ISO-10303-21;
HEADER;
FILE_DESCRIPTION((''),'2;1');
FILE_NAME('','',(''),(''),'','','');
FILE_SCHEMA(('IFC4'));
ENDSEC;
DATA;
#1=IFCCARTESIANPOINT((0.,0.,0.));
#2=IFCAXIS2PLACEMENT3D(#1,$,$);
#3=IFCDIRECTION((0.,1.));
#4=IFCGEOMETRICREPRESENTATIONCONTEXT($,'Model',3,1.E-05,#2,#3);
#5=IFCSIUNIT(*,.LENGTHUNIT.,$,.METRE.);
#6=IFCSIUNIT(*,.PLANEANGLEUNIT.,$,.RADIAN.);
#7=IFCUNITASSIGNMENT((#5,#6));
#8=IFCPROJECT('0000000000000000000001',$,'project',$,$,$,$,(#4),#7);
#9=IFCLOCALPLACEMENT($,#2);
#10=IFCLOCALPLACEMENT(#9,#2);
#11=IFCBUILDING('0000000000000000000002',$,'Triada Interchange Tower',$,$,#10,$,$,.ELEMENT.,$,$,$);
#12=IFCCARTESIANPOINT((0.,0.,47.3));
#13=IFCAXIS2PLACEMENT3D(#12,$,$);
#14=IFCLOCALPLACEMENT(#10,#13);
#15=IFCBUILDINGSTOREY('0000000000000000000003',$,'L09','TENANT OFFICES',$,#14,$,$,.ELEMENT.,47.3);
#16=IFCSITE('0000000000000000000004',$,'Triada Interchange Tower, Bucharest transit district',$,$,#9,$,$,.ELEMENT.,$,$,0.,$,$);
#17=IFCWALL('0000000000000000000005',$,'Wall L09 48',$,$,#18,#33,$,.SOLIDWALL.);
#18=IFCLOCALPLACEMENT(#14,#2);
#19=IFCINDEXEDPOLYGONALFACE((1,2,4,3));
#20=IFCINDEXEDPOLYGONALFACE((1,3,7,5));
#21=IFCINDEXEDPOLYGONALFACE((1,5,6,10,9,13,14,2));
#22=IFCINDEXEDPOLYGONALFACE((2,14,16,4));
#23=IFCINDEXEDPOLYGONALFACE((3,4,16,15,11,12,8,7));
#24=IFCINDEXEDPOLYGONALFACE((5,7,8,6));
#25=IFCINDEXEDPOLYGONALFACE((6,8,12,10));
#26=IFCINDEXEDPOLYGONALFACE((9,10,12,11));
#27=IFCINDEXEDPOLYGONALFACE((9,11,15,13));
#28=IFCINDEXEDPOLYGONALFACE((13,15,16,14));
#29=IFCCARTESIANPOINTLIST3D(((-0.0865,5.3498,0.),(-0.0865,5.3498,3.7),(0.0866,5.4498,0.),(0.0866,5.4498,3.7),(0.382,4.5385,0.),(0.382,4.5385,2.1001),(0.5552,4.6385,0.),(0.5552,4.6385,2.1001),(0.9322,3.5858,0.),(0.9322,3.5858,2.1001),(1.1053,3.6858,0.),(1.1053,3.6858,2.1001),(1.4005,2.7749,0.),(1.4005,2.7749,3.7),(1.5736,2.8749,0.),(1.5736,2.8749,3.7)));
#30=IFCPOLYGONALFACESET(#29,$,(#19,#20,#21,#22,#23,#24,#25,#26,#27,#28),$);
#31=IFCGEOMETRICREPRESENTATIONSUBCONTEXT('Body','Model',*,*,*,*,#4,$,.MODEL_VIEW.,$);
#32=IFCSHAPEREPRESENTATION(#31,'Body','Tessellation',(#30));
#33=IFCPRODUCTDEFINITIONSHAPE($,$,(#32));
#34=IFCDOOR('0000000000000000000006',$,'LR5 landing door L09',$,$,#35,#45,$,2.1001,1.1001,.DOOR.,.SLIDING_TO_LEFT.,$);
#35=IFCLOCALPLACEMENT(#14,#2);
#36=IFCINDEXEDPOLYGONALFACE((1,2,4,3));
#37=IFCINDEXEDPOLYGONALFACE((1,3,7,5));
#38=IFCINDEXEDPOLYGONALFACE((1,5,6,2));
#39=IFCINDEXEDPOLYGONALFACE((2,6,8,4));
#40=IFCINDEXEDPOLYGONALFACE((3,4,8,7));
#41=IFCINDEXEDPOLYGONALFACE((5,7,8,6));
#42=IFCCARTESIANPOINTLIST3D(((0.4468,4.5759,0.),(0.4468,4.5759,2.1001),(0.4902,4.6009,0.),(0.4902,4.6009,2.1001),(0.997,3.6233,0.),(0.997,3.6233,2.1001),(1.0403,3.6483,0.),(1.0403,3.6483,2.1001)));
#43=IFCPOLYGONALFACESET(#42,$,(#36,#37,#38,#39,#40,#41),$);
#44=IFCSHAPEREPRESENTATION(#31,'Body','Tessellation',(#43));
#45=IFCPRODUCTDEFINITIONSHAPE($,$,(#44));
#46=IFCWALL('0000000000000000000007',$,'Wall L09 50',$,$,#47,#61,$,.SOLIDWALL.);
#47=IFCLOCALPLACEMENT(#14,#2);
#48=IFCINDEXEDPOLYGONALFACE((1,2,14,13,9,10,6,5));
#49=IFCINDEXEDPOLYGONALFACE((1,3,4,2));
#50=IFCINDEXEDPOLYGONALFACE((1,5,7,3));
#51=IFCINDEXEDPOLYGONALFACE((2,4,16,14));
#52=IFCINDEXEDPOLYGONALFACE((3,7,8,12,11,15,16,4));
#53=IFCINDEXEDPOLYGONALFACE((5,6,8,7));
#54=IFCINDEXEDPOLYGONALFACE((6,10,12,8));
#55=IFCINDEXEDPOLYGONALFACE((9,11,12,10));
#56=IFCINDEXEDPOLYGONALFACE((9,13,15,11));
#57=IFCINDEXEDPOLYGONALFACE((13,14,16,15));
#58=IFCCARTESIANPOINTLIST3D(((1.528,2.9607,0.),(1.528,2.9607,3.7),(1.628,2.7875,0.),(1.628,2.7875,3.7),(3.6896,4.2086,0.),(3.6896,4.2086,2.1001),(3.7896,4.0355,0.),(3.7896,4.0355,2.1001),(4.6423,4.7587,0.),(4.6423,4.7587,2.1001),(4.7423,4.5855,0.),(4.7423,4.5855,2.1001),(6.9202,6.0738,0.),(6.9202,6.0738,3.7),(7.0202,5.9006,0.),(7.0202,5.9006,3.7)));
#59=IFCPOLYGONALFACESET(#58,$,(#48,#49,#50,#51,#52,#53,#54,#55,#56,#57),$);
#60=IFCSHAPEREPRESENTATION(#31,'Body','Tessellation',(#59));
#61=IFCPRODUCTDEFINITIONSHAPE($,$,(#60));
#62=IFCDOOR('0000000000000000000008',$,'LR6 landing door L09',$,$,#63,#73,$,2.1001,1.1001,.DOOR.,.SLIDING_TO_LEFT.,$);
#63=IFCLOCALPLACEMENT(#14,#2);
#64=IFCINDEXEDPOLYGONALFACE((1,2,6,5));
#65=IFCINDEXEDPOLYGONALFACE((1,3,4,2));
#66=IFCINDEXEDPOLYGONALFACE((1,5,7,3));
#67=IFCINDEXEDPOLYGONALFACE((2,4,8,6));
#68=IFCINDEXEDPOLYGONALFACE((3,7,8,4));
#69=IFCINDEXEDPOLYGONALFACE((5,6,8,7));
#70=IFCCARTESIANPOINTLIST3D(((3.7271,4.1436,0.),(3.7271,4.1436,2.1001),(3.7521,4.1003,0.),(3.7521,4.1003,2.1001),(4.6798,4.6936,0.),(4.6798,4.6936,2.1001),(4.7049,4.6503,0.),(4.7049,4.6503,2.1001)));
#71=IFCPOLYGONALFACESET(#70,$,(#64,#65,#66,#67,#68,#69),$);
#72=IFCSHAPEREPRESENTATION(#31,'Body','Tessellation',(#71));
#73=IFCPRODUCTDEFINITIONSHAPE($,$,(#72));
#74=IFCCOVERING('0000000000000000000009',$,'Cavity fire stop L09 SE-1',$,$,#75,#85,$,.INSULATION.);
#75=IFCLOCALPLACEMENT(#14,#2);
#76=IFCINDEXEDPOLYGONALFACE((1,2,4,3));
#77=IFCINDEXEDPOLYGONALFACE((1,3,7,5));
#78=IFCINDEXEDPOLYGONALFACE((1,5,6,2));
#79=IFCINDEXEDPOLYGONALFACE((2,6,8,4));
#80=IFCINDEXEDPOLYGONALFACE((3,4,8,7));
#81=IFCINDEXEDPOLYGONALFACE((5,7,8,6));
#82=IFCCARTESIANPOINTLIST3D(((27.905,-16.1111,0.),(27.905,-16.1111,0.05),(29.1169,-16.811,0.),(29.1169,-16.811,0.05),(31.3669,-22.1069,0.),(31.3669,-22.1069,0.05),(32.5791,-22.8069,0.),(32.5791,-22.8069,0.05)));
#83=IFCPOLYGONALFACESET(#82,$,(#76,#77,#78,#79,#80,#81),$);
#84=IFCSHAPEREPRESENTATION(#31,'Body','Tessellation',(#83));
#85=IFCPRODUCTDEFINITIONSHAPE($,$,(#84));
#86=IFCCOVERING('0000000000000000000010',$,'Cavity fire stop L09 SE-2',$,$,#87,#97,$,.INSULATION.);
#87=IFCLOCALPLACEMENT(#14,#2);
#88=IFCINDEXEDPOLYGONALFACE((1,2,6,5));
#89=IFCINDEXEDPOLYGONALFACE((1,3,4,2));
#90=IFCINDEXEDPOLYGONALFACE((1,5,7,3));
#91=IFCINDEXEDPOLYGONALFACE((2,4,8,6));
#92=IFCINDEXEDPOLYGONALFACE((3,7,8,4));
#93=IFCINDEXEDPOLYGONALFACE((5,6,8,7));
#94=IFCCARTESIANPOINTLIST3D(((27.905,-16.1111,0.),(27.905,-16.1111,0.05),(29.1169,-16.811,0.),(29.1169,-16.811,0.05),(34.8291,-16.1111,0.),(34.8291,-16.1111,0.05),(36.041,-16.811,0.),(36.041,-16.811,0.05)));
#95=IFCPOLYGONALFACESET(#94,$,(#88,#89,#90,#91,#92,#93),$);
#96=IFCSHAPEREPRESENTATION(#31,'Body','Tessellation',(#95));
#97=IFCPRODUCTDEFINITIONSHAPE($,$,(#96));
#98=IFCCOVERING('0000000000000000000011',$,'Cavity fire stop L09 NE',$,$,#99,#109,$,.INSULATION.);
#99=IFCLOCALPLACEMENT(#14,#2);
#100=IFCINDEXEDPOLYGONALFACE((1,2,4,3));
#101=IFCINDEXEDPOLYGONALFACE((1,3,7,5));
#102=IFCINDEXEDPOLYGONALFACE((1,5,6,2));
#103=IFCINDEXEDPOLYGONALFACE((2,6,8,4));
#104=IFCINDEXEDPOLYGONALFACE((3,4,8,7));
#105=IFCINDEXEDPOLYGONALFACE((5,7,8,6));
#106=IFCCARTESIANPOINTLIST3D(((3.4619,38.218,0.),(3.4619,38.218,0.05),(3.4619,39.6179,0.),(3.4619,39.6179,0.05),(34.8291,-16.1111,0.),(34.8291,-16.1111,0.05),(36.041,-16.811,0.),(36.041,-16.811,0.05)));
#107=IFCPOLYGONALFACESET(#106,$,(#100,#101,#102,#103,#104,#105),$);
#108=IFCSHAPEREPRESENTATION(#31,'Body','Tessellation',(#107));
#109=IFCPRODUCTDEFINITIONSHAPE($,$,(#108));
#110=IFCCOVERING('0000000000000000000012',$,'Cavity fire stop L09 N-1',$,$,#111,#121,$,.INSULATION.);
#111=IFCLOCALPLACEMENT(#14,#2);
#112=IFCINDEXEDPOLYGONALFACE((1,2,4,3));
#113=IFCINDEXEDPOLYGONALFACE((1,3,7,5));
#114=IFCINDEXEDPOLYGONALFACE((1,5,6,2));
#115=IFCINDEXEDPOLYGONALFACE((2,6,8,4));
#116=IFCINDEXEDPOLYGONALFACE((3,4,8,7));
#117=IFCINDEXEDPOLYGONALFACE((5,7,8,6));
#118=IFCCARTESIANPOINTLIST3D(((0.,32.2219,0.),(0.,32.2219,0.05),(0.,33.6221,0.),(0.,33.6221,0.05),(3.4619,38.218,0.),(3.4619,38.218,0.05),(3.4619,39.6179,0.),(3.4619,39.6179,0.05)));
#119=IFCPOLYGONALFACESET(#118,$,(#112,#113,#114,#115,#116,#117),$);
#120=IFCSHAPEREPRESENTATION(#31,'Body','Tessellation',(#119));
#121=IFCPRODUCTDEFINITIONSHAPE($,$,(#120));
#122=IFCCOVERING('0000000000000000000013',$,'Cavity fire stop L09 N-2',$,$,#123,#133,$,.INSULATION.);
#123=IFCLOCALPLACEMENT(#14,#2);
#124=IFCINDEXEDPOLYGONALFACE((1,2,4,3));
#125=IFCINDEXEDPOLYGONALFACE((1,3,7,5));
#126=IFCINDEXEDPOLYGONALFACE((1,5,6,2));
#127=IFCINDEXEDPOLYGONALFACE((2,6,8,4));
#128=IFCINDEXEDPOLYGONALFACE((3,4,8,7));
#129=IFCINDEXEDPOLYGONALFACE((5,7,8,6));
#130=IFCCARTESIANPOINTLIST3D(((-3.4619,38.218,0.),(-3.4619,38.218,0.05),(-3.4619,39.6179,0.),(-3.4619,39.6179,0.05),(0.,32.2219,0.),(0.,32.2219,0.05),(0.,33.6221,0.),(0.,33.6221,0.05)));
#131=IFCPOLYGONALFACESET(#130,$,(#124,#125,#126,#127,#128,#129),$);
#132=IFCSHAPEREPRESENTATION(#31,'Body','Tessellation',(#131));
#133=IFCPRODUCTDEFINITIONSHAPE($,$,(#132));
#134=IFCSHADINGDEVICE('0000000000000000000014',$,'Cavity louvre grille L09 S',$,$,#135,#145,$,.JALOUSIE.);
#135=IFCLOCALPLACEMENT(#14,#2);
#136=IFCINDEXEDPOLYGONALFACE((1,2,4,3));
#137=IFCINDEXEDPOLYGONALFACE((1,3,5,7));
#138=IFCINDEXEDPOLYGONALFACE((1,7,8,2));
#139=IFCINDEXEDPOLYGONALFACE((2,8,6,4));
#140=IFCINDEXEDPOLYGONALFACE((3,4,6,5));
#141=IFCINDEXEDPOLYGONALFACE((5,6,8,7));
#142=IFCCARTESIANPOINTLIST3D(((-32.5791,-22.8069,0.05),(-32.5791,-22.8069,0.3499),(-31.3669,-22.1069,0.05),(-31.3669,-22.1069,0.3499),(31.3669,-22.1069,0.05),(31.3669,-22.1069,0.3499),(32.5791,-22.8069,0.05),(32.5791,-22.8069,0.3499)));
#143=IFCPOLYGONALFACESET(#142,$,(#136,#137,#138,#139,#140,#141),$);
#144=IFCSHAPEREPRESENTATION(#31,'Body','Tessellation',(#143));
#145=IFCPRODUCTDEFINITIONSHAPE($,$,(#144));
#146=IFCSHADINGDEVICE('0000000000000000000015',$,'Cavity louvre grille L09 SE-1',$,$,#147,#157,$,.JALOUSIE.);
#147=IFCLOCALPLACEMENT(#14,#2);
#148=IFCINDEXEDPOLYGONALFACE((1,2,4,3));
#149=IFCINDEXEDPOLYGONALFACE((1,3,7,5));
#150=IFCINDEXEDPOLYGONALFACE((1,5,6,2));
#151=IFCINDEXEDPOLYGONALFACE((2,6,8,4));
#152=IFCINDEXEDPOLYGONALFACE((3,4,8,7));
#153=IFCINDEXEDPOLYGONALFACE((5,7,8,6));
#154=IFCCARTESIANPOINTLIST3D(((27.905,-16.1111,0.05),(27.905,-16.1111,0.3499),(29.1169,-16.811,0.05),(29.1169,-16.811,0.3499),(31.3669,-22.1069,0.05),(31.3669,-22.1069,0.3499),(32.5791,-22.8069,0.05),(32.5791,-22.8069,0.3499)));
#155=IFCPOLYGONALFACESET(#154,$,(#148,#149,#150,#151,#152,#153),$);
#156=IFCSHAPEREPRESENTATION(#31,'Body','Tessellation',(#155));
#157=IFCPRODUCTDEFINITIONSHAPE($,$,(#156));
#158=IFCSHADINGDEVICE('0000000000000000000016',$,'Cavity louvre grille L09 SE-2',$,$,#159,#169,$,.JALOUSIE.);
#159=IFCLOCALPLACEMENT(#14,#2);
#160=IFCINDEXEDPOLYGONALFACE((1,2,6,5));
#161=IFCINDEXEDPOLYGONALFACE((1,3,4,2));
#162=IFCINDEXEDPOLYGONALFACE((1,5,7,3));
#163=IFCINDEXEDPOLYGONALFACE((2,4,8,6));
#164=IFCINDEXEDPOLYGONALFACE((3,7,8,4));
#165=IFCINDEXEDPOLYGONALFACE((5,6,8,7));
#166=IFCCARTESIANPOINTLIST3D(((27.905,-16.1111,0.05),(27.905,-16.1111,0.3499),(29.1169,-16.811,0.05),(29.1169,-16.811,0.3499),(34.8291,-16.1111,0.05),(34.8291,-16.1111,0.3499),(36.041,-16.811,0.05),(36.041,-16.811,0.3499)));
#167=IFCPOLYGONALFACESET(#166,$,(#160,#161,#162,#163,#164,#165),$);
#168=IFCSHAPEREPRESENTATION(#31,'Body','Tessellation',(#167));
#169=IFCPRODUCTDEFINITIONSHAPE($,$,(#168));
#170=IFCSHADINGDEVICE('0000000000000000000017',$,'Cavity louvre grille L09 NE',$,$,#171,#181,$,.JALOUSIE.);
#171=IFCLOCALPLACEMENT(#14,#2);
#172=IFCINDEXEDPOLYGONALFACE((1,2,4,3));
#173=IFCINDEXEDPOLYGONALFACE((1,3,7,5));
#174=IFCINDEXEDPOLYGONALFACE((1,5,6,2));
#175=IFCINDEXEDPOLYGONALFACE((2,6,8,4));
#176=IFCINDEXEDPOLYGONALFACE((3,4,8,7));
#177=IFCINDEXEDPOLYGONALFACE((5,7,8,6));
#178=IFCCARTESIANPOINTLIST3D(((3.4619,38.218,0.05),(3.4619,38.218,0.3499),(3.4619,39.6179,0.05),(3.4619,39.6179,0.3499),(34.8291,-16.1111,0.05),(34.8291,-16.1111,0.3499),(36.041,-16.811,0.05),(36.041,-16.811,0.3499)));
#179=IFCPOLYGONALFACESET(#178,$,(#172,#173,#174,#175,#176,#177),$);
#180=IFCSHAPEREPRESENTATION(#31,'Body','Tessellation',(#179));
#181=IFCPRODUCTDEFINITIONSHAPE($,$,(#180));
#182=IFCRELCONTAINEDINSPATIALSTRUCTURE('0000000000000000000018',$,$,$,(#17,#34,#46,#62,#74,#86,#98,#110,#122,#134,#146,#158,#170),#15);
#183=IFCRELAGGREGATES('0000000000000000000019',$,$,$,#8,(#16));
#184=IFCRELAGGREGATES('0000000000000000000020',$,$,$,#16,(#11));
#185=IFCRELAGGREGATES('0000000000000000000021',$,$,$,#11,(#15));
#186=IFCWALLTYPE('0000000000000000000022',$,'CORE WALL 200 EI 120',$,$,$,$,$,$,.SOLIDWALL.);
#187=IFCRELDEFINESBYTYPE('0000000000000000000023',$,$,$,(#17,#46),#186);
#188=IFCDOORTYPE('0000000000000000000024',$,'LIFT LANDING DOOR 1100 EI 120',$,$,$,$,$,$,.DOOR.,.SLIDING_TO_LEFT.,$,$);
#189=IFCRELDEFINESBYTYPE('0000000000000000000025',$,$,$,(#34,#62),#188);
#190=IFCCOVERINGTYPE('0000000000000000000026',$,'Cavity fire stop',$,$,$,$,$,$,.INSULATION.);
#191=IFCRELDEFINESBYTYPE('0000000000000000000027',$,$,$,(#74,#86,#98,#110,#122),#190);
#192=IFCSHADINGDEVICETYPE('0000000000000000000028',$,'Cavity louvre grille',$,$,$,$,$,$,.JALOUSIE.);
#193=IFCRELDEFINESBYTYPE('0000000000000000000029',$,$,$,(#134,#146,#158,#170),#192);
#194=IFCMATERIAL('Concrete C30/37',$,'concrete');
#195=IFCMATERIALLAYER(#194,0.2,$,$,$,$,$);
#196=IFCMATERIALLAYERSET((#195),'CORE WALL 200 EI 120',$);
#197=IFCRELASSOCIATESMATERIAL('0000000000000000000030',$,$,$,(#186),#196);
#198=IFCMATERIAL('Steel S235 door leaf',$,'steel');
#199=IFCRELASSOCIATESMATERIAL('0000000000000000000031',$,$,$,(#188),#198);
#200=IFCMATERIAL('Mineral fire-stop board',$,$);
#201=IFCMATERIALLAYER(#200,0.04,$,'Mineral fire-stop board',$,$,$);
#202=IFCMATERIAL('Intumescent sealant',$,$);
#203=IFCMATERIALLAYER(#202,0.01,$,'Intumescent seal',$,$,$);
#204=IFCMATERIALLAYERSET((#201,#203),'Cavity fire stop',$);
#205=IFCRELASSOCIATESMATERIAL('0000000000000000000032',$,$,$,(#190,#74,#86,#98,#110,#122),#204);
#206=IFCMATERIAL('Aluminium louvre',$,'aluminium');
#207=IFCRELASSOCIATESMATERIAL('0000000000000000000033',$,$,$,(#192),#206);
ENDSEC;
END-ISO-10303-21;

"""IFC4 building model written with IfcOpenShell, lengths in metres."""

from ifc_helpers import new_model, si_unit, direction, frame, frame_2d, origin, place, context, subcontext, project, spatial, polyline, rectangle, outline, extrude, material, layer, layer_set, layer_usage, type_object, element, fill, save


model = new_model("IFC4")

# Units and contexts
model_context = context("Model", 3, precision=1e-05, world=origin(), true_north=direction((0.0, 1.0)))
body_context = subcontext(model_context, "Body", "Model", "MODEL_VIEW")
ifc_project = project(units=[si_unit("LENGTHUNIT", "METRE"), si_unit("PLANEANGLEUNIT", "RADIAN")], contexts=[model_context])

# Site, building, storey
site_placement = place(None, origin())
site = spatial("IfcSite", under=ifc_project, at=site_placement, Name="Triada Interchange Tower, Bucharest transit district", CompositionType="ELEMENT", RefElevation=0.0)
building_placement = place(site_placement, origin())
building = spatial("IfcBuilding", under=site, at=building_placement, Name="Triada Interchange Tower", CompositionType="ELEMENT")
storey_placement = place(building_placement, frame((0.0, 0.0, 47.3)))
storey = spatial("IfcBuildingStorey", under=building, at=storey_placement, Name="L09", Description="TENANT OFFICES", CompositionType="ELEMENT", Elevation=47.3)

# Walls, openings, doors
ifc_material_1 = material(Name="Concrete C30/37", Category="concrete")
ifc_layer_1 = layer(ifc_material_1, 0.2)
ifc_layer_set_1 = layer_set([ifc_layer_1], Name="CORE WALL 200 EI 120")
wall_type = type_object("IfcWallType", Name="CORE WALL 200 EI 120", PredefinedType="SOLIDWALL", material=ifc_layer_set_1)
ifc_material_2 = material(Name="Steel S235 door leaf", Category="steel")
door_type = type_object("IfcDoorType", Name="LIFT LANDING DOOR 1100 EI 120", OperationType="SLIDING_TO_LEFT", PredefinedType="DOOR", material=ifc_material_2)
wall_1_placement = place(storey_placement, frame((0.0, 5.3999, 0.0), z_axis=(0.0, 0.0, 1.0), x_axis=(0.500104, -0.865965, 0.0)))
wall_1 = element("IfcWall", 1, at=wall_1_placement, inside=storey, type_object=wall_type, Name="Wall L09 48", PredefinedType="SOLIDWALL", context=body_context, shape_type="SweptSolid", body=[
    extrude(rectangle(XDim=2.9734, YDim=0.2, at=frame_2d((1.4868, 0.0))), origin(), (0.0, 0.0, 1.0), 3.7),
])
opening_1_placement = place(wall_1_placement, frame((0.937, 0.0, 0.0)))
opening_1 = element("IfcOpeningElement", 2, at=opening_1_placement, cuts=wall_1, PredefinedType="OPENING", context=body_context, shape_type="SweptSolid", body=[
    extrude(rectangle(XDim=1.1001, YDim=2.1001, at=frame_2d((0.55, 1.05))), frame((0.0, 0.1099, 0.0), z_axis=(0.0, -1.0, 0.0), x_axis=(1.0, 0.0, 0.0)), (0.0, 0.0, 1.0), 0.22),
])
door_1_placement = place(opening_1_placement, origin())
door_1 = element("IfcDoor", 3, at=door_1_placement, inside=storey, type_object=door_type, Name="LR5 landing door L09", OperationType="SLIDING_TO_LEFT", OverallHeight=2.1001, OverallWidth=1.1001, PredefinedType="DOOR", context=body_context, shape_type="SweptSolid", body=[
    extrude(rectangle(XDim=1.1001, YDim=2.1001, at=frame_2d((0.55, 1.05))), frame((0.0, 0.0249, 0.0), z_axis=(0.0, -1.0, 0.0), x_axis=(1.0, 0.0, 0.0)), (0.0, 0.0, 1.0), 0.05),
])
fill(opening_1, door_1)
wall_2_placement = place(storey_placement, frame((1.5779, 2.874, 0.0), z_axis=(0.0, 0.0, 1.0), x_axis=(0.866031, 0.499989, 0.0)))
wall_2 = element("IfcWall", 4, at=wall_2_placement, inside=storey, type_object=wall_type, Name="Wall L09 50", PredefinedType="SOLIDWALL", context=body_context, shape_type="SweptSolid", body=[
    extrude(rectangle(XDim=6.2263, YDim=0.2, at=frame_2d((3.1133, 0.0))), origin(), (0.0, 0.0, 1.0), 3.7),
])
opening_2_placement = place(wall_2_placement, frame((2.4961, 0.0, 0.0)))
opening_2 = element("IfcOpeningElement", 5, at=opening_2_placement, cuts=wall_2, PredefinedType="OPENING", context=body_context, shape_type="SweptSolid", body=[
    extrude(rectangle(XDim=1.1001, YDim=2.1001, at=frame_2d((0.55, 1.05))), frame((0.0, 0.1099, 0.0), z_axis=(0.0, -1.0, 0.0), x_axis=(1.0, 0.0, 0.0)), (0.0, 0.0, 1.0), 0.22),
])
door_2_placement = place(opening_2_placement, origin())
door_2 = element("IfcDoor", 6, at=door_2_placement, inside=storey, type_object=door_type, Name="LR6 landing door L09", OperationType="SLIDING_TO_LEFT", OverallHeight=2.1001, OverallWidth=1.1001, PredefinedType="DOOR", context=body_context, shape_type="SweptSolid", body=[
    extrude(rectangle(XDim=1.1001, YDim=2.1001, at=frame_2d((0.55, 1.05))), frame((0.0, 0.0249, 0.0), z_axis=(0.0, -1.0, 0.0), x_axis=(1.0, 0.0, 0.0)), (0.0, 0.0, 1.0), 0.05),
])
fill(opening_2, door_2)

# Coverings
ifc_material_3 = material(Name="Mineral fire-stop board")
ifc_layer_2 = layer(ifc_material_3, 0.04, Name="Mineral fire-stop board")
ifc_material_4 = material(Name="Intumescent sealant")
ifc_layer_3 = layer(ifc_material_4, 0.01, Name="Intumescent seal")
ifc_layer_set_2 = layer_set([ifc_layer_2, ifc_layer_3], Name="Cavity fire stop")
ifc_layer_usage = layer_usage(ifc_layer_set_2, "AXIS3", "POSITIVE", 0.0)
covering_type = type_object("IfcCoveringType", Name="Cavity fire stop", PredefinedType="INSULATION", material=ifc_layer_set_2)
covering_1_placement = place(storey_placement, origin())
element("IfcCovering", 7, at=covering_1_placement, inside=storey, type_object=covering_type, material=ifc_layer_usage, Name="Cavity fire stop L09 SE-1", PredefinedType="INSULATION", context=body_context, shape_type="SweptSolid", body=[
    extrude(outline(polyline([(31.3669, -22.1069), (32.5791, -22.8069), (29.1169, -16.811), (27.905, -16.1111), (31.3669, -22.1069)])), origin(), (0.0, 0.0, 1.0), 0.05),
])
covering_2_placement = place(storey_placement, origin())
element("IfcCovering", 8, at=covering_2_placement, inside=storey, type_object=covering_type, material=ifc_layer_usage, Name="Cavity fire stop L09 SE-2", PredefinedType="INSULATION", context=body_context, shape_type="SweptSolid", body=[
    extrude(outline(polyline([(27.905, -16.1111), (29.1169, -16.811), (36.041, -16.811), (34.8291, -16.1111), (27.905, -16.1111)])), origin(), (0.0, 0.0, 1.0), 0.05),
])
covering_3_placement = place(storey_placement, origin())
element("IfcCovering", 9, at=covering_3_placement, inside=storey, type_object=covering_type, material=ifc_layer_usage, Name="Cavity fire stop L09 NE", PredefinedType="INSULATION", context=body_context, shape_type="SweptSolid", body=[
    extrude(outline(polyline([(34.8291, -16.1111), (36.041, -16.811), (3.4619, 39.6179), (3.4619, 38.218), (34.8291, -16.1111)])), origin(), (0.0, 0.0, 1.0), 0.05),
])
covering_4_placement = place(storey_placement, origin())
element("IfcCovering", 10, at=covering_4_placement, inside=storey, type_object=covering_type, material=ifc_layer_usage, Name="Cavity fire stop L09 N-1", PredefinedType="INSULATION", context=body_context, shape_type="SweptSolid", body=[
    extrude(outline(polyline([(3.4619, 38.218), (3.4619, 39.6179), (0.0, 33.6221), (0.0, 32.2219), (3.4619, 38.218)])), origin(), (0.0, 0.0, 1.0), 0.05),
])
covering_5_placement = place(storey_placement, origin())
element("IfcCovering", 11, at=covering_5_placement, inside=storey, type_object=covering_type, material=ifc_layer_usage, Name="Cavity fire stop L09 N-2", PredefinedType="INSULATION", context=body_context, shape_type="SweptSolid", body=[
    extrude(outline(polyline([(0.0, 32.2219), (0.0, 33.6221), (-3.4619, 39.6179), (-3.4619, 38.218), (0.0, 32.2219)])), origin(), (0.0, 0.0, 1.0), 0.05),
])

# Shading devices
ifc_material_5 = material(Name="Aluminium louvre", Category="aluminium")
shading_device_type = type_object("IfcShadingDeviceType", Name="Cavity louvre grille", PredefinedType="JALOUSIE", material=ifc_material_5)
shading_device_1_placement = place(storey_placement, frame((0.0, 0.0, 0.05)))
element("IfcShadingDevice", 12, at=shading_device_1_placement, inside=storey, type_object=shading_device_type, Name="Cavity louvre grille L09 S", PredefinedType="JALOUSIE", context=body_context, shape_type="SweptSolid", body=[
    extrude(outline(polyline([(-31.3669, -22.1069), (-32.5791, -22.8069), (32.5791, -22.8069), (31.3669, -22.1069), (-31.3669, -22.1069)])), origin(), (0.0, 0.0, 1.0), 0.2998),
])
shading_device_2_placement = place(storey_placement, frame((0.0, 0.0, 0.05)))
element("IfcShadingDevice", 13, at=shading_device_2_placement, inside=storey, type_object=shading_device_type, Name="Cavity louvre grille L09 SE-1", PredefinedType="JALOUSIE", context=body_context, shape_type="SweptSolid", body=[
    extrude(outline(polyline([(31.3669, -22.1069), (32.5791, -22.8069), (29.1169, -16.811), (27.905, -16.1111), (31.3669, -22.1069)])), origin(), (0.0, 0.0, 1.0), 0.2998),
])
shading_device_3_placement = place(storey_placement, frame((0.0, 0.0, 0.05)))
element("IfcShadingDevice", 14, at=shading_device_3_placement, inside=storey, type_object=shading_device_type, Name="Cavity louvre grille L09 SE-2", PredefinedType="JALOUSIE", context=body_context, shape_type="SweptSolid", body=[
    extrude(outline(polyline([(27.905, -16.1111), (29.1169, -16.811), (36.041, -16.811), (34.8291, -16.1111), (27.905, -16.1111)])), origin(), (0.0, 0.0, 1.0), 0.2998),
])
shading_device_4_placement = place(storey_placement, frame((0.0, 0.0, 0.05)))
element("IfcShadingDevice", 15, at=shading_device_4_placement, inside=storey, type_object=shading_device_type, Name="Cavity louvre grille L09 NE", PredefinedType="JALOUSIE", context=body_context, shape_type="SweptSolid", body=[
    extrude(outline(polyline([(34.8291, -16.1111), (36.041, -16.811), (3.4619, 39.6179), (3.4619, 38.218), (34.8291, -16.1111)])), origin(), (0.0, 0.0, 1.0), 0.2998),
])

save(model, "model.ifc")
